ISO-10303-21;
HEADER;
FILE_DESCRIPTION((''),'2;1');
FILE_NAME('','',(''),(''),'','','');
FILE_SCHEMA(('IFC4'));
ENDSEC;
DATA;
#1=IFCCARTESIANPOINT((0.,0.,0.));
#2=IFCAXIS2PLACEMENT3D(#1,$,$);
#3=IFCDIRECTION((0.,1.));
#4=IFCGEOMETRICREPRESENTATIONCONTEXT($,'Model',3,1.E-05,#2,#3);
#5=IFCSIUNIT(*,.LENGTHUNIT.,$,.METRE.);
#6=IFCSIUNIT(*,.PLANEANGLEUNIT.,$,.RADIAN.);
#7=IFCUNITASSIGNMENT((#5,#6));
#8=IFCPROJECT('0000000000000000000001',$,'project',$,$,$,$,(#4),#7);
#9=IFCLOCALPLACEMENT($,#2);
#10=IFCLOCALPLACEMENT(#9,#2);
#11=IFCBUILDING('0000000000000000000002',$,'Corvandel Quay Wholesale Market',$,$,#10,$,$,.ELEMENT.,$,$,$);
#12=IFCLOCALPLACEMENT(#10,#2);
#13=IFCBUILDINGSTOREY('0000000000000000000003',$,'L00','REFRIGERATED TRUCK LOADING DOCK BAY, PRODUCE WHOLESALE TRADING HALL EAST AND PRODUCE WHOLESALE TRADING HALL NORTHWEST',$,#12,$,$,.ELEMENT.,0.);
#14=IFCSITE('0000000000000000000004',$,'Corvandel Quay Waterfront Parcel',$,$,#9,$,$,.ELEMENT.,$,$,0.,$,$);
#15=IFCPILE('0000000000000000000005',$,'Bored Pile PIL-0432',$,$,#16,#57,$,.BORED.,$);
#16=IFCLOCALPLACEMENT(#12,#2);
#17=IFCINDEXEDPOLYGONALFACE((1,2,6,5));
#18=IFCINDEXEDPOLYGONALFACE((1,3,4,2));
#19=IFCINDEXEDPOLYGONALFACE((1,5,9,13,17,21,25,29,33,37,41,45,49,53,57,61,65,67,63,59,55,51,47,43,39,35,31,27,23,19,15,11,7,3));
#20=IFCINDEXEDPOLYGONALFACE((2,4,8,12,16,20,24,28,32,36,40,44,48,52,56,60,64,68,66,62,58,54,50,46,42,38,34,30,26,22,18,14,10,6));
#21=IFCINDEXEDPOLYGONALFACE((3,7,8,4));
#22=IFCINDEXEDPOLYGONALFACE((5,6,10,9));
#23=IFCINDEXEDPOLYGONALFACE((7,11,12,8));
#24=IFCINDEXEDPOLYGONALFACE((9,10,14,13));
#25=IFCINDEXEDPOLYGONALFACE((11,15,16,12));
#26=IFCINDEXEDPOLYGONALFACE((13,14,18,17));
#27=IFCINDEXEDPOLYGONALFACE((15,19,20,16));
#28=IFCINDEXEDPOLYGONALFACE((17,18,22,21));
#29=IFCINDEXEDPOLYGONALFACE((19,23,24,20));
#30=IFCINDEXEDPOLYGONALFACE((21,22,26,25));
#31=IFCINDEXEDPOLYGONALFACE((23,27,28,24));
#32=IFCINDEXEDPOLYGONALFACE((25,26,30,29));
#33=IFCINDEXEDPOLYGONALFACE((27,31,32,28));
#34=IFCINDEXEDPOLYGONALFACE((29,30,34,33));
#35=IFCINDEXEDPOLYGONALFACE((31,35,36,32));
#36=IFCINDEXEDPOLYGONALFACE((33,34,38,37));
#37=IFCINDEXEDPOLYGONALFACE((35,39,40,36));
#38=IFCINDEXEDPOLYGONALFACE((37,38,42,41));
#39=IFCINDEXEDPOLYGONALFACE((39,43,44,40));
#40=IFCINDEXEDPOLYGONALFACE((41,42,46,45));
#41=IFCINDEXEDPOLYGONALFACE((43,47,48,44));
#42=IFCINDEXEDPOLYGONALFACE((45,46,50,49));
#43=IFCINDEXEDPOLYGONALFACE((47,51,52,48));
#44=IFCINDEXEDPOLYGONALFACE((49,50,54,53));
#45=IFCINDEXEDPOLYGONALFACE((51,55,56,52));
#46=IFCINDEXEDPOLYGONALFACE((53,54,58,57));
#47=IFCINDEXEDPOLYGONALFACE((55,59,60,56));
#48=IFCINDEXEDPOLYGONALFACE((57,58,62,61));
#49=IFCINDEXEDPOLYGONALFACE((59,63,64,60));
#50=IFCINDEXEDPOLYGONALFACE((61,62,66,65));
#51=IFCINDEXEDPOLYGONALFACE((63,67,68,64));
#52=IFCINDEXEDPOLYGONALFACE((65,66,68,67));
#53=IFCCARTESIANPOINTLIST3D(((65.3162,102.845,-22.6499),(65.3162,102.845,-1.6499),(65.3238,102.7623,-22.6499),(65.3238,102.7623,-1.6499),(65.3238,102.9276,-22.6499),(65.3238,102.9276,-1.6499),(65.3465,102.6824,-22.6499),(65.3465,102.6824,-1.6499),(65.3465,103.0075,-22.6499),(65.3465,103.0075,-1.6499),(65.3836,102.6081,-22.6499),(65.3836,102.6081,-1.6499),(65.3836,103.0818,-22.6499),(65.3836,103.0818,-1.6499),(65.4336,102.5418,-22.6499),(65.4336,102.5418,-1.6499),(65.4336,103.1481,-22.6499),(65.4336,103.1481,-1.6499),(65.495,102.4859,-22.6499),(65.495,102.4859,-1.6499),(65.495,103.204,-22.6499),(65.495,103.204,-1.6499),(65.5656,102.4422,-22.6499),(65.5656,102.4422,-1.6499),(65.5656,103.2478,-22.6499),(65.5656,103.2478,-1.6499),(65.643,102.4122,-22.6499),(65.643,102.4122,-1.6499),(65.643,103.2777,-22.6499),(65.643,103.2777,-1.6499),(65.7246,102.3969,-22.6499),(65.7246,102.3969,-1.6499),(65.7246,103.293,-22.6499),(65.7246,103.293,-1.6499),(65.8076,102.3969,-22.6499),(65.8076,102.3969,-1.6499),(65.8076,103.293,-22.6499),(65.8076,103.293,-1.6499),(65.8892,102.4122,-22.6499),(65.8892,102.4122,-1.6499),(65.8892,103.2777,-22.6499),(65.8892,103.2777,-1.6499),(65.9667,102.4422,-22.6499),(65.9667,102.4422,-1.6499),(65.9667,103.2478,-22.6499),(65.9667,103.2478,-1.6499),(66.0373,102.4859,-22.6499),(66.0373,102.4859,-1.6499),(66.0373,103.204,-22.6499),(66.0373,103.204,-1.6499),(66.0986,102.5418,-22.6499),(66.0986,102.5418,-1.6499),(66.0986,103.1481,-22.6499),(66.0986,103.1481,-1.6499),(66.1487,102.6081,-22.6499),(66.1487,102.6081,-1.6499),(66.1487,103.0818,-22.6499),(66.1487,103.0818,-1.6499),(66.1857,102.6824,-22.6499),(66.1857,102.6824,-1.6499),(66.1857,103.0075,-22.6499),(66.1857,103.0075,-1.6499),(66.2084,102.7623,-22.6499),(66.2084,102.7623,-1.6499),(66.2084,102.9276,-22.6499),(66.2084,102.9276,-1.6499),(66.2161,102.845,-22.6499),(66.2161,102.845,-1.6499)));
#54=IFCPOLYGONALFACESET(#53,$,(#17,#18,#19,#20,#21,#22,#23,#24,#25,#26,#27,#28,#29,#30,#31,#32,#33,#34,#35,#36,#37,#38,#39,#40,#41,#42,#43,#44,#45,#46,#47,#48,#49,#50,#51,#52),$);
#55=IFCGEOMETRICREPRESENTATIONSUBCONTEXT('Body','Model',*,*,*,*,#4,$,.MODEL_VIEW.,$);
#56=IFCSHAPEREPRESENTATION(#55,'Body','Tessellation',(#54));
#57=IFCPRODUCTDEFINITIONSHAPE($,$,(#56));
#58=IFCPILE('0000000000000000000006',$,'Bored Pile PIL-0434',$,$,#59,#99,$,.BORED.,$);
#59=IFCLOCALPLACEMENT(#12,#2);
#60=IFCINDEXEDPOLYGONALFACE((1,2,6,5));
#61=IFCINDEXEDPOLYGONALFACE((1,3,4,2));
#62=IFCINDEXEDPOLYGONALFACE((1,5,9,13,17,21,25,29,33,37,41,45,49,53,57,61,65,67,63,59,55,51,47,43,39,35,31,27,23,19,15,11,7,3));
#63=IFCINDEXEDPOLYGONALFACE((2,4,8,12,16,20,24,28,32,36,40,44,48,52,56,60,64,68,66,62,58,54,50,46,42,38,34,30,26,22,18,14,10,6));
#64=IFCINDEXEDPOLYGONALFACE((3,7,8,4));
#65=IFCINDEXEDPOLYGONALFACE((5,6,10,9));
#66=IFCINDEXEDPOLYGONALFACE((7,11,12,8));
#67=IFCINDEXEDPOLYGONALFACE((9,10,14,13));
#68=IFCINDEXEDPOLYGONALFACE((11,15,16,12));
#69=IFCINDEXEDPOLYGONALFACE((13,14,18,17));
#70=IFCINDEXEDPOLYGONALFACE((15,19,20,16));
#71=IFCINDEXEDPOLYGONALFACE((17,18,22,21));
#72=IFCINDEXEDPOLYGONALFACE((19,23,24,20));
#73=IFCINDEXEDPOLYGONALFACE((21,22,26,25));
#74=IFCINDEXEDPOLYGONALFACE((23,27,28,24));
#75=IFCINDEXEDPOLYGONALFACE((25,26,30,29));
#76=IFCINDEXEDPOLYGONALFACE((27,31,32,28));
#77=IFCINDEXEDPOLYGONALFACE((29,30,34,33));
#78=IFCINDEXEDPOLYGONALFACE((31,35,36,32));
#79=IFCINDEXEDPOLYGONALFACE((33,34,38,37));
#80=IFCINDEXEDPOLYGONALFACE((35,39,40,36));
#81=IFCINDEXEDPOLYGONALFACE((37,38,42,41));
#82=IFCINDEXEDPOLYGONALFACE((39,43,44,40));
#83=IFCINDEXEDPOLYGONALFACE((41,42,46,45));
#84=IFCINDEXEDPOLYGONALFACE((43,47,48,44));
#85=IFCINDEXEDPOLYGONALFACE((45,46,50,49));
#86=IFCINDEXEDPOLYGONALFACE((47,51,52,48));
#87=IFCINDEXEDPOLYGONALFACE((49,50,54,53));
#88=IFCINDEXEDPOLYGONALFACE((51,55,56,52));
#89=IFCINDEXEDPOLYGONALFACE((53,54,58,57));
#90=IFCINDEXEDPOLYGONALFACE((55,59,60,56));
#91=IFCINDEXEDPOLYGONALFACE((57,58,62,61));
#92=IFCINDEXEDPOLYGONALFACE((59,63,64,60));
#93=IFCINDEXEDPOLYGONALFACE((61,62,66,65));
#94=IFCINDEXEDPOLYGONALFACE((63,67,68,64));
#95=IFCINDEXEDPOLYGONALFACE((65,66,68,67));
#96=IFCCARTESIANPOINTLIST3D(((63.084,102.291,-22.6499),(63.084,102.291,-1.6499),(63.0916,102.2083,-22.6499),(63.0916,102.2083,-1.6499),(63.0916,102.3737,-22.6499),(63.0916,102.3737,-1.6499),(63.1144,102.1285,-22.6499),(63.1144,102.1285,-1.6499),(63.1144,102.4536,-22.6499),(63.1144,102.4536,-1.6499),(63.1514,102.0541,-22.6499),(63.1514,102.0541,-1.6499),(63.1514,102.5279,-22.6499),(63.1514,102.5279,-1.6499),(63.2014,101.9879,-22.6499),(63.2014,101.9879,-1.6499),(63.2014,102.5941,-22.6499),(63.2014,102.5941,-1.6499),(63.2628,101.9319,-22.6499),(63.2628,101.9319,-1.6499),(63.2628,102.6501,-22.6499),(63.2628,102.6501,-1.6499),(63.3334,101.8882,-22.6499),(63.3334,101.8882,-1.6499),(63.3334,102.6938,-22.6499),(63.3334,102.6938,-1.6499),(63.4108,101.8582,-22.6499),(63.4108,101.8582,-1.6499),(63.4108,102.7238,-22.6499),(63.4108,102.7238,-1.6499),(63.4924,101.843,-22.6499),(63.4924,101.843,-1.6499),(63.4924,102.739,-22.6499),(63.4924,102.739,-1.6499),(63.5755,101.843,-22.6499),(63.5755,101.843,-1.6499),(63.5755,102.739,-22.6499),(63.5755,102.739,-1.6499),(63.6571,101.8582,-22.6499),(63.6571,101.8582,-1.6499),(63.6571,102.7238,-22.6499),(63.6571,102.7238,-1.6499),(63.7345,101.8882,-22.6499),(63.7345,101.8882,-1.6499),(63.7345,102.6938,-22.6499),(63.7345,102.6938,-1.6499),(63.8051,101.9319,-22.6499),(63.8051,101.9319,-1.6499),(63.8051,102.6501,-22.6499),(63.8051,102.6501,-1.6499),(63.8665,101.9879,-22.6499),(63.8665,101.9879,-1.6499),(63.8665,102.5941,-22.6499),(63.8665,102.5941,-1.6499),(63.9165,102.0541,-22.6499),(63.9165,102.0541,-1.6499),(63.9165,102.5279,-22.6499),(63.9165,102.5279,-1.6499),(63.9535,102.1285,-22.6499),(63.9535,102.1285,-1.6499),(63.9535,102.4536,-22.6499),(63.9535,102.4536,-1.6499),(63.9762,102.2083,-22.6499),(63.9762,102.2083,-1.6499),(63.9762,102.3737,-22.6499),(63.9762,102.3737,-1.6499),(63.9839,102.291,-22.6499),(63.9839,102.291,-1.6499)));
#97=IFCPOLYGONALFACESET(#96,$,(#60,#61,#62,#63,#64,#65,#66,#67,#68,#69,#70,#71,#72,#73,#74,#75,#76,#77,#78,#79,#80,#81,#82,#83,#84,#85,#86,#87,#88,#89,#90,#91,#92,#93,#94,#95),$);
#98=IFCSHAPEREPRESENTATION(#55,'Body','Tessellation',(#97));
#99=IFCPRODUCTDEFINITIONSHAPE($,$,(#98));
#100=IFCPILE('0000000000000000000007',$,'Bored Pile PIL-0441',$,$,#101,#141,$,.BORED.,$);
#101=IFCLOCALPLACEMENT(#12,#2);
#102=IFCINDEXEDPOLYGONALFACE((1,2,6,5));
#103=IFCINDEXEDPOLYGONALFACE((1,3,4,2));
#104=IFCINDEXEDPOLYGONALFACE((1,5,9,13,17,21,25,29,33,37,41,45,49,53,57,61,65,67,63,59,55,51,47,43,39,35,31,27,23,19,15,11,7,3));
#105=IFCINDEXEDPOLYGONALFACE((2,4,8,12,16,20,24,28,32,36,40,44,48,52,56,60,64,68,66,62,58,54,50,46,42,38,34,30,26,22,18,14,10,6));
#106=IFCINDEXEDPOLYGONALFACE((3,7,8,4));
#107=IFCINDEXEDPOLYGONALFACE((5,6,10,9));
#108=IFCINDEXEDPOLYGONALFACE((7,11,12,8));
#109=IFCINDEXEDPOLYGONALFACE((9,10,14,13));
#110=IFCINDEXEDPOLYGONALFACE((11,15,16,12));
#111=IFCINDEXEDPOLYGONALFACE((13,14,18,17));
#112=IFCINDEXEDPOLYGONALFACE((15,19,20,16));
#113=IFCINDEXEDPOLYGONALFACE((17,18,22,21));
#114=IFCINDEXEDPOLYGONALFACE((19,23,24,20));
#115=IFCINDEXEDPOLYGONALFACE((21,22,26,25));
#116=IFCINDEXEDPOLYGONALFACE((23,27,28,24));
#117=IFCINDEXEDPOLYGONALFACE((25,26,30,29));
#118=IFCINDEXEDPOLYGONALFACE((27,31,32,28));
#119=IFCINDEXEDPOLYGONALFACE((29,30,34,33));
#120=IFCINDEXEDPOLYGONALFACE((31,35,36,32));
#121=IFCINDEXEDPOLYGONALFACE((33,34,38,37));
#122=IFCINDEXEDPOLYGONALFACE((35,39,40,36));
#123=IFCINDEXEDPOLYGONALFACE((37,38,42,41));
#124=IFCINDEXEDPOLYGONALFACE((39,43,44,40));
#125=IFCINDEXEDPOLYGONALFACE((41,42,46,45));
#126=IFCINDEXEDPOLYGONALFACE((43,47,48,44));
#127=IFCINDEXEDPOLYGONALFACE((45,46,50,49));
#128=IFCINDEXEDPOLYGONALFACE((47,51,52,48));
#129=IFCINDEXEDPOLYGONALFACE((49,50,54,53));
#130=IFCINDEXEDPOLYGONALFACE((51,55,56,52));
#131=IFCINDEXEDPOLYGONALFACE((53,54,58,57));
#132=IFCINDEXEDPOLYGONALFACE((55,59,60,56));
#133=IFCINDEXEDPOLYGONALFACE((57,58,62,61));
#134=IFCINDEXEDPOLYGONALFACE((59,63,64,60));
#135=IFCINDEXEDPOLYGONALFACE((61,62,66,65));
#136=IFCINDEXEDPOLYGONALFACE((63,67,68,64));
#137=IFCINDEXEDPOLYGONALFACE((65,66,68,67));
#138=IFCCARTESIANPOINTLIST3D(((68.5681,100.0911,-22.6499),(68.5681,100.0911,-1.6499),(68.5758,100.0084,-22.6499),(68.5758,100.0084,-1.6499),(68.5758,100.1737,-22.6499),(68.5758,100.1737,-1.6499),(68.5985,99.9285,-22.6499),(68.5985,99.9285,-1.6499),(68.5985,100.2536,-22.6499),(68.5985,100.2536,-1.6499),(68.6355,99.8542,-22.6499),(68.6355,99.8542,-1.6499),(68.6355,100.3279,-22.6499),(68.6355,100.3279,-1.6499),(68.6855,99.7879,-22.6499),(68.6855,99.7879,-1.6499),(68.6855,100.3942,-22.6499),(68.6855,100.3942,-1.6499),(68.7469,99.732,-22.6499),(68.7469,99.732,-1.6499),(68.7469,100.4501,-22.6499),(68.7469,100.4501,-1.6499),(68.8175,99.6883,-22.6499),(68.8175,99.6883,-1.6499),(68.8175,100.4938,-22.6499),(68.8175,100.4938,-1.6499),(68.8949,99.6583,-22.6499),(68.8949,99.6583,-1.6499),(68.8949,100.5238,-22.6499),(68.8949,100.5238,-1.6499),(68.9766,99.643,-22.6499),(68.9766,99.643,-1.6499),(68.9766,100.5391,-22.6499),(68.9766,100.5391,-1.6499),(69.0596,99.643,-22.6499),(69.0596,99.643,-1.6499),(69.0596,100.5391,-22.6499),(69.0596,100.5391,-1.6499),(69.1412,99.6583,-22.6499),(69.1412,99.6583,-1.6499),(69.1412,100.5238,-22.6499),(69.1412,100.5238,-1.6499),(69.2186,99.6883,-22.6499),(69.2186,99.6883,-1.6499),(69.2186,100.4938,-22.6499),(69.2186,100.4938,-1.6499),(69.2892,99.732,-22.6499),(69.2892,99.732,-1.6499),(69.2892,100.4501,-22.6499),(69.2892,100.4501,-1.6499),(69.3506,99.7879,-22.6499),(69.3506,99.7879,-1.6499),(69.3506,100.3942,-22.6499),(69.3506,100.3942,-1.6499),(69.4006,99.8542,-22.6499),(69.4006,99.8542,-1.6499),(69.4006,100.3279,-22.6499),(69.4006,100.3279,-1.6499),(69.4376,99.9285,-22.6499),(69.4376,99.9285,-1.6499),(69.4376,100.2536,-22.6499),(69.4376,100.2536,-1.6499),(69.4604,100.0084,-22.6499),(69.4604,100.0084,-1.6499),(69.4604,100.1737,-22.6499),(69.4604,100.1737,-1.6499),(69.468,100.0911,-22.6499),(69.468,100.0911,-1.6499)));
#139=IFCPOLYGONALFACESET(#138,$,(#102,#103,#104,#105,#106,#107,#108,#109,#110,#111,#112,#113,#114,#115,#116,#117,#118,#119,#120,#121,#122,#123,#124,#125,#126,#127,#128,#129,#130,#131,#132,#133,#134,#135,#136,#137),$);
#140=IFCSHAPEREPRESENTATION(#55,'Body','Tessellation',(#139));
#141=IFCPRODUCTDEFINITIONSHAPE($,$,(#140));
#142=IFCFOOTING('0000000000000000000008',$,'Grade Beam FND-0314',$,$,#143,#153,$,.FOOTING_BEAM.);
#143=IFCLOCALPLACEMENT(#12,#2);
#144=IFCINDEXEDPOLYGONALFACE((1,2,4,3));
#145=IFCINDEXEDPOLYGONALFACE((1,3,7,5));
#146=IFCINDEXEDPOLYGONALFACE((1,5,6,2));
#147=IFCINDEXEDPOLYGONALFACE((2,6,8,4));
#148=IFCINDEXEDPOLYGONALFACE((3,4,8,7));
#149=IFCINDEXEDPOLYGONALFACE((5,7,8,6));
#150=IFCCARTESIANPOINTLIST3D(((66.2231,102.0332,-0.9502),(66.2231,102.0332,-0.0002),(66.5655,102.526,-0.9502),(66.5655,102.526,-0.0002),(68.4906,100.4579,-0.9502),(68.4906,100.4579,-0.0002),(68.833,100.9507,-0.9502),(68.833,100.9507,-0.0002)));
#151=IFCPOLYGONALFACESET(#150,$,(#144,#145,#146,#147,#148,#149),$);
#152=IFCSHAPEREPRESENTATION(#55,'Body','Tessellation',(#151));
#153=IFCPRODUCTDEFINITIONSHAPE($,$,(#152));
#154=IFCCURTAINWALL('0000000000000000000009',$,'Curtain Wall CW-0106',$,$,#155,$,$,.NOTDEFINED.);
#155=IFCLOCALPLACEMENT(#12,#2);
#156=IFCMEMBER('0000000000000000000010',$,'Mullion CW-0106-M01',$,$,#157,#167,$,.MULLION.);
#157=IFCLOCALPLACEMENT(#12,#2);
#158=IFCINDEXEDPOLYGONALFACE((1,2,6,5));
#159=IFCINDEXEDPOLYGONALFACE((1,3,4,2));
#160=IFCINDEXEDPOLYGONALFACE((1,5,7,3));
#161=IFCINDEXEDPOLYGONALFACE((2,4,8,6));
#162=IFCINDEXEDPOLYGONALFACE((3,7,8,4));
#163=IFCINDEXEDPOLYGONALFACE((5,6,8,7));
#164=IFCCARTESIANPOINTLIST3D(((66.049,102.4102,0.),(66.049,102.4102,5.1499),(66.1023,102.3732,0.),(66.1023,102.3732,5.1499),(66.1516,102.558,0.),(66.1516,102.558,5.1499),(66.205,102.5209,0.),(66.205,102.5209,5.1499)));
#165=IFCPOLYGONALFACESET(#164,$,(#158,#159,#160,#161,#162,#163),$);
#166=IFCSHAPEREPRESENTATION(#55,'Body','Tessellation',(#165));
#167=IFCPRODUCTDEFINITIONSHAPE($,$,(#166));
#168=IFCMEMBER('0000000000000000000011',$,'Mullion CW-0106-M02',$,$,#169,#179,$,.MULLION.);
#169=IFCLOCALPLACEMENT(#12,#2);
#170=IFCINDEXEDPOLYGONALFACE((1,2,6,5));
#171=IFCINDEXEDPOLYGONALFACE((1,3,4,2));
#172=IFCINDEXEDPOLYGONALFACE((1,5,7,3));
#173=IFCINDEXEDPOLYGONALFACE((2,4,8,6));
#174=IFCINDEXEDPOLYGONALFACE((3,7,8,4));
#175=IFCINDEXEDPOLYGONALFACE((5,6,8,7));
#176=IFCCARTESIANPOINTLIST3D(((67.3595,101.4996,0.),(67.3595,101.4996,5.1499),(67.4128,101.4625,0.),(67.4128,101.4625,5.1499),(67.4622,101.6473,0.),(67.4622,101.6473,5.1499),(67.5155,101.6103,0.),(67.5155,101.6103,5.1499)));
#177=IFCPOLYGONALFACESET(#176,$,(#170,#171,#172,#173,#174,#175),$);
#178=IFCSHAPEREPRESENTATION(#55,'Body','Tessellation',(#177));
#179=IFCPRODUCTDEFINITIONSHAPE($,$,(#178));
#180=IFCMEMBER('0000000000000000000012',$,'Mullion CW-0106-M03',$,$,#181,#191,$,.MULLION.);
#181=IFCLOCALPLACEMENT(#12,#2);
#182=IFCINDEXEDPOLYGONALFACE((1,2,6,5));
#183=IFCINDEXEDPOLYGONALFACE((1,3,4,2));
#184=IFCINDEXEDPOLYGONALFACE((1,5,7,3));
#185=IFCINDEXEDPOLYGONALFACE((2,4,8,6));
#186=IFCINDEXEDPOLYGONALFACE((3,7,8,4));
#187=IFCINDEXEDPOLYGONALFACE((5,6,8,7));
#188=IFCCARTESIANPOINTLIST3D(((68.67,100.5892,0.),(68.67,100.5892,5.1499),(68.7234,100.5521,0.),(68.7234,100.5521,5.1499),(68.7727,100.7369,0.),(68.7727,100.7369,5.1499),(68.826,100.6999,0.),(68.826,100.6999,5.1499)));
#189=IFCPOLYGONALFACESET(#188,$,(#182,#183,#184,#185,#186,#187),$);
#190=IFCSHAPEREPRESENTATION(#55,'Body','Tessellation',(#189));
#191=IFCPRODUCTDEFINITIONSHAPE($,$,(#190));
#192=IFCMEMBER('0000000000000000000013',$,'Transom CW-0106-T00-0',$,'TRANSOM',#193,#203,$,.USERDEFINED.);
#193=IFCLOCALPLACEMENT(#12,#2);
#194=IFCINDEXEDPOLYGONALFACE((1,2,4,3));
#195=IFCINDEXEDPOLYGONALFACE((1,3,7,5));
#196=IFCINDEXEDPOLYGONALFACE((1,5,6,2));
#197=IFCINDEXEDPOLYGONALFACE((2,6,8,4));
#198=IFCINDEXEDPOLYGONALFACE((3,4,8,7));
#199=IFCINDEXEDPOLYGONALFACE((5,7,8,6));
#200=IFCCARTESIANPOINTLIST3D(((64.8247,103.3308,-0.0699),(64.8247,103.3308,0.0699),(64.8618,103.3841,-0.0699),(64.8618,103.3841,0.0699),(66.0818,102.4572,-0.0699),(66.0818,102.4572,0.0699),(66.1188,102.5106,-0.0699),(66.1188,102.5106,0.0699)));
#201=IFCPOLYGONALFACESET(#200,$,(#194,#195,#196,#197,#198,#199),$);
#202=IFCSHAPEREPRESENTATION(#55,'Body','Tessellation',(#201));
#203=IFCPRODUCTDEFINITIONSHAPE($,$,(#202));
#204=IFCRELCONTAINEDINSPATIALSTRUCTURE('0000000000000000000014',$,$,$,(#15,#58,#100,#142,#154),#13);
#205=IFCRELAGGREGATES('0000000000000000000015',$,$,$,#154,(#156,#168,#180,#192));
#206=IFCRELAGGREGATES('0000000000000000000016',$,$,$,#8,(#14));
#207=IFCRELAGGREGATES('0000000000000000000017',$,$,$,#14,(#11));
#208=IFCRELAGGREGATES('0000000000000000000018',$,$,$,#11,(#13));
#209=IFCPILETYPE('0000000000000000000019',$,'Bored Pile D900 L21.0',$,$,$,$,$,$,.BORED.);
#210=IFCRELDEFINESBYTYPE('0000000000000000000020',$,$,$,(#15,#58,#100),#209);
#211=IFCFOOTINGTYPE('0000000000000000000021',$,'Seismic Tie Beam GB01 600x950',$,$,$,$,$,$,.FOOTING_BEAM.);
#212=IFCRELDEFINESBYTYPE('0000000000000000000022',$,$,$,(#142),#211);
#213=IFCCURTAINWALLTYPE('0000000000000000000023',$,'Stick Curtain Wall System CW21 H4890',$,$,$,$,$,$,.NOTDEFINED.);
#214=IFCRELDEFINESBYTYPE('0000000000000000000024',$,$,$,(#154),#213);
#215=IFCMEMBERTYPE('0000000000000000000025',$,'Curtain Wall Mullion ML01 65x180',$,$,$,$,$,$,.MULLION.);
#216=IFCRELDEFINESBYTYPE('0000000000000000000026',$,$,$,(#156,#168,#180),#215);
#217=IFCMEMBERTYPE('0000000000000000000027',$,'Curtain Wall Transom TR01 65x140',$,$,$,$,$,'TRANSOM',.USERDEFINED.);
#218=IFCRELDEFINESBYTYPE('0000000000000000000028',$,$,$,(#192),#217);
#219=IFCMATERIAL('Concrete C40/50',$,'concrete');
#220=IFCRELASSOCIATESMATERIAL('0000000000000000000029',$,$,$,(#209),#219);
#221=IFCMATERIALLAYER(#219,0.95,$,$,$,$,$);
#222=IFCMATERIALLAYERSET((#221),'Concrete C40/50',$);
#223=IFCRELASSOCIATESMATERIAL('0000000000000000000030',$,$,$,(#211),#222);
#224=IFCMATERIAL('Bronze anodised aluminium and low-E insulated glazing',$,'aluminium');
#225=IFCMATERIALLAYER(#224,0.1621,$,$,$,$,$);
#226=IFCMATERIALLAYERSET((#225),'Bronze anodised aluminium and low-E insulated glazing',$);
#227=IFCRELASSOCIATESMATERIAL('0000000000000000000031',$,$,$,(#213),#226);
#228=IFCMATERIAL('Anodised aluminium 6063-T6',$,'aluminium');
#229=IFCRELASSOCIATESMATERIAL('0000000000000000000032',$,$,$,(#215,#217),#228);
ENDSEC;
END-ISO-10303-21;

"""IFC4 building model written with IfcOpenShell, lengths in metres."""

from ifc_helpers import new_model, si_unit, direction, frame, origin, origin_2d, place, context, subcontext, project, spatial, rectangle, circle, extrude, material, layer, layer_set, material_profile, profile_set, type_object, element, aggregate, save


model = new_model("IFC4")

# Units and contexts
model_context = context("Model", 3, precision=1e-05, world=origin(), true_north=direction((0.0, 1.0)))
body_context = subcontext(model_context, "Body", "Model", "MODEL_VIEW")
ifc_project = project(units=[si_unit("LENGTHUNIT", "METRE"), si_unit("PLANEANGLEUNIT", "RADIAN")], contexts=[model_context])

# Site, building, storey
site_placement = place(None, origin())
site = spatial("IfcSite", under=ifc_project, at=site_placement, Name="Corvandel Quay Waterfront Parcel", CompositionType="ELEMENT", RefElevation=0.0)
building_placement = place(site_placement, origin())
building = spatial("IfcBuilding", under=site, at=building_placement, Name="Corvandel Quay Wholesale Market", CompositionType="ELEMENT")
storey_placement = place(building_placement, origin())
storey = spatial("IfcBuildingStorey", under=building, at=storey_placement, Name="L00", Description="REFRIGERATED TRUCK LOADING DOCK BAY, PRODUCE WHOLESALE TRADING HALL EAST AND PRODUCE WHOLESALE TRADING HALL NORTHWEST", CompositionType="ELEMENT", Elevation=0.0)

# Piles
ifc_material_1 = material(Name="Concrete C40/50", Category="concrete")
ifc_material_profile_1 = material_profile(ifc_material_1, circle(Radius=0.45, at=origin_2d()), Name="RC-PILE-D900")
ifc_profile_set_1 = profile_set([ifc_material_profile_1], Name="Concrete C40/50")
pile_type = type_object("IfcPileType", Name="Bored Pile D900 L21.0", PredefinedType="BORED", material=ifc_profile_set_1)
for number, where, z_axis, x_axis, name in (
    (1, (65.7661, 102.845, -1.6499), (0.0, 0.0, -1.0), (1.0, 0.0, 0.0), "Bored Pile PIL-0432"),
    (2, (63.5339, 102.291, -1.6499), (0.0, 0.0, -1.0), (1.0, 0.0, 0.0), "Bored Pile PIL-0434"),
    (3, (69.0181, 100.0911, -1.6499), (0.0, 0.0, -1.0), (1.0, 0.0, 0.0), "Bored Pile PIL-0441"),
):
    element("IfcPile", number, at=place(storey_placement, frame(where, z_axis=z_axis, x_axis=x_axis)), inside=storey, type_object=pile_type, Name=name, PredefinedType="BORED", context=body_context, shape_type="SweptSolid", body=[
        extrude(circle(Radius=0.45, at=origin_2d()), origin(), (0.0, 0.0, 1.0), 21.0),
    ])

# Footing
ifc_layer_1 = layer(ifc_material_1, 0.95)
ifc_layer_set_1 = layer_set([ifc_layer_1], Name="Concrete C40/50")
footing_type = type_object("IfcFootingType", Name="Seismic Tie Beam GB01 600x950", PredefinedType="FOOTING_BEAM", material=ifc_layer_set_1)
footing_placement = place(storey_placement, frame((67.5281, 101.4919, -0.9502), z_axis=(0.0, 0.0, 1.0), x_axis=(-0.821249, 0.57057, 0.0)))
element("IfcFooting", 4, at=footing_placement, inside=storey, type_object=footing_type, Name="Grade Beam FND-0314", PredefinedType="FOOTING_BEAM", context=body_context, shape_type="SweptSolid", body=[
    extrude(rectangle(XDim=2.761, YDim=0.6001, at=origin_2d()), origin(), (0.0, 0.0, 1.0), 0.95),
])

# Curtain wall, members
ifc_material_2 = material(Name="Bronze anodised aluminium and low-E insulated glazing", Category="aluminium")
ifc_layer_2 = layer(ifc_material_2, 0.1621)
ifc_layer_set_2 = layer_set([ifc_layer_2], Name="Bronze anodised aluminium and low-E insulated glazing")
curtain_wall_type = type_object("IfcCurtainWallType", Name="Stick Curtain Wall System CW21 H4890", PredefinedType="NOTDEFINED", material=ifc_layer_set_2)
curtain_wall_placement = place(storey_placement, origin())
curtain_wall = element("IfcCurtainWall", 5, at=curtain_wall_placement, inside=storey, type_object=curtain_wall_type, Name="Curtain Wall CW-0106", PredefinedType="NOTDEFINED")
ifc_material_3 = material(Name="Anodised aluminium 6063-T6", Category="aluminium")
ifc_material_profile_2 = material_profile(ifc_material_3, rectangle(XDim=0.0649, YDim=0.1799, at=origin_2d()), Name="ALU-MUL-65x180")
ifc_profile_set_2 = profile_set([ifc_material_profile_2], Name="Anodised aluminium 6063-T6")
member_type_1 = type_object("IfcMemberType", Name="Curtain Wall Mullion ML01 65x180", PredefinedType="MULLION", material=ifc_profile_set_2)
member_1_placement = place(storey_placement, frame((66.127, 102.4656, 0.0), z_axis=(0.0, 0.0, 1.0), x_axis=(-0.821249, 0.57057, 0.0)))
member_1 = element("IfcMember", 6, at=member_1_placement, type_object=member_type_1, Name="Mullion CW-0106-M01", PredefinedType="MULLION", context=body_context, shape_type="SweptSolid", body=[
    extrude(rectangle(XDim=0.0649, YDim=0.1799, at=origin_2d()), origin(), (0.0, 0.0, 1.0), 5.1499),
])
member_2_placement = place(storey_placement, frame((67.4375, 101.5549, 0.0), z_axis=(0.0, 0.0, 1.0), x_axis=(-0.821249, 0.57057, 0.0)))
member_2 = element("IfcMember", 7, at=member_2_placement, type_object=member_type_1, Name="Mullion CW-0106-M02", PredefinedType="MULLION", context=body_context, shape_type="SweptSolid", body=[
    extrude(rectangle(XDim=0.0649, YDim=0.1799, at=origin_2d()), origin(), (0.0, 0.0, 1.0), 5.1499),
])
member_3_placement = place(storey_placement, frame((68.748, 100.6445, 0.0), z_axis=(0.0, 0.0, 1.0), x_axis=(-0.821249, 0.57057, 0.0)))
member_3 = element("IfcMember", 8, at=member_3_placement, type_object=member_type_1, Name="Mullion CW-0106-M03", PredefinedType="MULLION", context=body_context, shape_type="SweptSolid", body=[
    extrude(rectangle(XDim=0.0649, YDim=0.1799, at=origin_2d()), origin(), (0.0, 0.0, 1.0), 5.1499),
])
ifc_material_profile_3 = material_profile(ifc_material_3, rectangle(XDim=0.0649, YDim=0.1399, at=origin_2d()), Name="ALU-TRN-65x140")
ifc_profile_set_3 = profile_set([ifc_material_profile_3], Name="Anodised aluminium 6063-T6")
member_type_2 = type_object("IfcMemberType", Name="Curtain Wall Transom TR01 65x140", ElementType="TRANSOM", PredefinedType="USERDEFINED", material=ifc_profile_set_3)
member_4_placement = place(storey_placement, frame((64.8433, 103.3574, 0.0), z_axis=(0.821198, -0.570644, 0.0), x_axis=(0.570644, 0.821198, 0.0)))
member_4 = element("IfcMember", 9, at=member_4_placement, type_object=member_type_2, Name="Transom CW-0106-T00-0", ObjectType="TRANSOM", PredefinedType="USERDEFINED", context=body_context, shape_type="SweptSolid", body=[
    extrude(rectangle(XDim=0.0649, YDim=0.1399, at=origin_2d()), origin(), (0.0, 0.0, 1.0), 1.5308),
])
aggregate(curtain_wall, [member_1, member_2, member_3, member_4])

save(model, "model.ifc")
